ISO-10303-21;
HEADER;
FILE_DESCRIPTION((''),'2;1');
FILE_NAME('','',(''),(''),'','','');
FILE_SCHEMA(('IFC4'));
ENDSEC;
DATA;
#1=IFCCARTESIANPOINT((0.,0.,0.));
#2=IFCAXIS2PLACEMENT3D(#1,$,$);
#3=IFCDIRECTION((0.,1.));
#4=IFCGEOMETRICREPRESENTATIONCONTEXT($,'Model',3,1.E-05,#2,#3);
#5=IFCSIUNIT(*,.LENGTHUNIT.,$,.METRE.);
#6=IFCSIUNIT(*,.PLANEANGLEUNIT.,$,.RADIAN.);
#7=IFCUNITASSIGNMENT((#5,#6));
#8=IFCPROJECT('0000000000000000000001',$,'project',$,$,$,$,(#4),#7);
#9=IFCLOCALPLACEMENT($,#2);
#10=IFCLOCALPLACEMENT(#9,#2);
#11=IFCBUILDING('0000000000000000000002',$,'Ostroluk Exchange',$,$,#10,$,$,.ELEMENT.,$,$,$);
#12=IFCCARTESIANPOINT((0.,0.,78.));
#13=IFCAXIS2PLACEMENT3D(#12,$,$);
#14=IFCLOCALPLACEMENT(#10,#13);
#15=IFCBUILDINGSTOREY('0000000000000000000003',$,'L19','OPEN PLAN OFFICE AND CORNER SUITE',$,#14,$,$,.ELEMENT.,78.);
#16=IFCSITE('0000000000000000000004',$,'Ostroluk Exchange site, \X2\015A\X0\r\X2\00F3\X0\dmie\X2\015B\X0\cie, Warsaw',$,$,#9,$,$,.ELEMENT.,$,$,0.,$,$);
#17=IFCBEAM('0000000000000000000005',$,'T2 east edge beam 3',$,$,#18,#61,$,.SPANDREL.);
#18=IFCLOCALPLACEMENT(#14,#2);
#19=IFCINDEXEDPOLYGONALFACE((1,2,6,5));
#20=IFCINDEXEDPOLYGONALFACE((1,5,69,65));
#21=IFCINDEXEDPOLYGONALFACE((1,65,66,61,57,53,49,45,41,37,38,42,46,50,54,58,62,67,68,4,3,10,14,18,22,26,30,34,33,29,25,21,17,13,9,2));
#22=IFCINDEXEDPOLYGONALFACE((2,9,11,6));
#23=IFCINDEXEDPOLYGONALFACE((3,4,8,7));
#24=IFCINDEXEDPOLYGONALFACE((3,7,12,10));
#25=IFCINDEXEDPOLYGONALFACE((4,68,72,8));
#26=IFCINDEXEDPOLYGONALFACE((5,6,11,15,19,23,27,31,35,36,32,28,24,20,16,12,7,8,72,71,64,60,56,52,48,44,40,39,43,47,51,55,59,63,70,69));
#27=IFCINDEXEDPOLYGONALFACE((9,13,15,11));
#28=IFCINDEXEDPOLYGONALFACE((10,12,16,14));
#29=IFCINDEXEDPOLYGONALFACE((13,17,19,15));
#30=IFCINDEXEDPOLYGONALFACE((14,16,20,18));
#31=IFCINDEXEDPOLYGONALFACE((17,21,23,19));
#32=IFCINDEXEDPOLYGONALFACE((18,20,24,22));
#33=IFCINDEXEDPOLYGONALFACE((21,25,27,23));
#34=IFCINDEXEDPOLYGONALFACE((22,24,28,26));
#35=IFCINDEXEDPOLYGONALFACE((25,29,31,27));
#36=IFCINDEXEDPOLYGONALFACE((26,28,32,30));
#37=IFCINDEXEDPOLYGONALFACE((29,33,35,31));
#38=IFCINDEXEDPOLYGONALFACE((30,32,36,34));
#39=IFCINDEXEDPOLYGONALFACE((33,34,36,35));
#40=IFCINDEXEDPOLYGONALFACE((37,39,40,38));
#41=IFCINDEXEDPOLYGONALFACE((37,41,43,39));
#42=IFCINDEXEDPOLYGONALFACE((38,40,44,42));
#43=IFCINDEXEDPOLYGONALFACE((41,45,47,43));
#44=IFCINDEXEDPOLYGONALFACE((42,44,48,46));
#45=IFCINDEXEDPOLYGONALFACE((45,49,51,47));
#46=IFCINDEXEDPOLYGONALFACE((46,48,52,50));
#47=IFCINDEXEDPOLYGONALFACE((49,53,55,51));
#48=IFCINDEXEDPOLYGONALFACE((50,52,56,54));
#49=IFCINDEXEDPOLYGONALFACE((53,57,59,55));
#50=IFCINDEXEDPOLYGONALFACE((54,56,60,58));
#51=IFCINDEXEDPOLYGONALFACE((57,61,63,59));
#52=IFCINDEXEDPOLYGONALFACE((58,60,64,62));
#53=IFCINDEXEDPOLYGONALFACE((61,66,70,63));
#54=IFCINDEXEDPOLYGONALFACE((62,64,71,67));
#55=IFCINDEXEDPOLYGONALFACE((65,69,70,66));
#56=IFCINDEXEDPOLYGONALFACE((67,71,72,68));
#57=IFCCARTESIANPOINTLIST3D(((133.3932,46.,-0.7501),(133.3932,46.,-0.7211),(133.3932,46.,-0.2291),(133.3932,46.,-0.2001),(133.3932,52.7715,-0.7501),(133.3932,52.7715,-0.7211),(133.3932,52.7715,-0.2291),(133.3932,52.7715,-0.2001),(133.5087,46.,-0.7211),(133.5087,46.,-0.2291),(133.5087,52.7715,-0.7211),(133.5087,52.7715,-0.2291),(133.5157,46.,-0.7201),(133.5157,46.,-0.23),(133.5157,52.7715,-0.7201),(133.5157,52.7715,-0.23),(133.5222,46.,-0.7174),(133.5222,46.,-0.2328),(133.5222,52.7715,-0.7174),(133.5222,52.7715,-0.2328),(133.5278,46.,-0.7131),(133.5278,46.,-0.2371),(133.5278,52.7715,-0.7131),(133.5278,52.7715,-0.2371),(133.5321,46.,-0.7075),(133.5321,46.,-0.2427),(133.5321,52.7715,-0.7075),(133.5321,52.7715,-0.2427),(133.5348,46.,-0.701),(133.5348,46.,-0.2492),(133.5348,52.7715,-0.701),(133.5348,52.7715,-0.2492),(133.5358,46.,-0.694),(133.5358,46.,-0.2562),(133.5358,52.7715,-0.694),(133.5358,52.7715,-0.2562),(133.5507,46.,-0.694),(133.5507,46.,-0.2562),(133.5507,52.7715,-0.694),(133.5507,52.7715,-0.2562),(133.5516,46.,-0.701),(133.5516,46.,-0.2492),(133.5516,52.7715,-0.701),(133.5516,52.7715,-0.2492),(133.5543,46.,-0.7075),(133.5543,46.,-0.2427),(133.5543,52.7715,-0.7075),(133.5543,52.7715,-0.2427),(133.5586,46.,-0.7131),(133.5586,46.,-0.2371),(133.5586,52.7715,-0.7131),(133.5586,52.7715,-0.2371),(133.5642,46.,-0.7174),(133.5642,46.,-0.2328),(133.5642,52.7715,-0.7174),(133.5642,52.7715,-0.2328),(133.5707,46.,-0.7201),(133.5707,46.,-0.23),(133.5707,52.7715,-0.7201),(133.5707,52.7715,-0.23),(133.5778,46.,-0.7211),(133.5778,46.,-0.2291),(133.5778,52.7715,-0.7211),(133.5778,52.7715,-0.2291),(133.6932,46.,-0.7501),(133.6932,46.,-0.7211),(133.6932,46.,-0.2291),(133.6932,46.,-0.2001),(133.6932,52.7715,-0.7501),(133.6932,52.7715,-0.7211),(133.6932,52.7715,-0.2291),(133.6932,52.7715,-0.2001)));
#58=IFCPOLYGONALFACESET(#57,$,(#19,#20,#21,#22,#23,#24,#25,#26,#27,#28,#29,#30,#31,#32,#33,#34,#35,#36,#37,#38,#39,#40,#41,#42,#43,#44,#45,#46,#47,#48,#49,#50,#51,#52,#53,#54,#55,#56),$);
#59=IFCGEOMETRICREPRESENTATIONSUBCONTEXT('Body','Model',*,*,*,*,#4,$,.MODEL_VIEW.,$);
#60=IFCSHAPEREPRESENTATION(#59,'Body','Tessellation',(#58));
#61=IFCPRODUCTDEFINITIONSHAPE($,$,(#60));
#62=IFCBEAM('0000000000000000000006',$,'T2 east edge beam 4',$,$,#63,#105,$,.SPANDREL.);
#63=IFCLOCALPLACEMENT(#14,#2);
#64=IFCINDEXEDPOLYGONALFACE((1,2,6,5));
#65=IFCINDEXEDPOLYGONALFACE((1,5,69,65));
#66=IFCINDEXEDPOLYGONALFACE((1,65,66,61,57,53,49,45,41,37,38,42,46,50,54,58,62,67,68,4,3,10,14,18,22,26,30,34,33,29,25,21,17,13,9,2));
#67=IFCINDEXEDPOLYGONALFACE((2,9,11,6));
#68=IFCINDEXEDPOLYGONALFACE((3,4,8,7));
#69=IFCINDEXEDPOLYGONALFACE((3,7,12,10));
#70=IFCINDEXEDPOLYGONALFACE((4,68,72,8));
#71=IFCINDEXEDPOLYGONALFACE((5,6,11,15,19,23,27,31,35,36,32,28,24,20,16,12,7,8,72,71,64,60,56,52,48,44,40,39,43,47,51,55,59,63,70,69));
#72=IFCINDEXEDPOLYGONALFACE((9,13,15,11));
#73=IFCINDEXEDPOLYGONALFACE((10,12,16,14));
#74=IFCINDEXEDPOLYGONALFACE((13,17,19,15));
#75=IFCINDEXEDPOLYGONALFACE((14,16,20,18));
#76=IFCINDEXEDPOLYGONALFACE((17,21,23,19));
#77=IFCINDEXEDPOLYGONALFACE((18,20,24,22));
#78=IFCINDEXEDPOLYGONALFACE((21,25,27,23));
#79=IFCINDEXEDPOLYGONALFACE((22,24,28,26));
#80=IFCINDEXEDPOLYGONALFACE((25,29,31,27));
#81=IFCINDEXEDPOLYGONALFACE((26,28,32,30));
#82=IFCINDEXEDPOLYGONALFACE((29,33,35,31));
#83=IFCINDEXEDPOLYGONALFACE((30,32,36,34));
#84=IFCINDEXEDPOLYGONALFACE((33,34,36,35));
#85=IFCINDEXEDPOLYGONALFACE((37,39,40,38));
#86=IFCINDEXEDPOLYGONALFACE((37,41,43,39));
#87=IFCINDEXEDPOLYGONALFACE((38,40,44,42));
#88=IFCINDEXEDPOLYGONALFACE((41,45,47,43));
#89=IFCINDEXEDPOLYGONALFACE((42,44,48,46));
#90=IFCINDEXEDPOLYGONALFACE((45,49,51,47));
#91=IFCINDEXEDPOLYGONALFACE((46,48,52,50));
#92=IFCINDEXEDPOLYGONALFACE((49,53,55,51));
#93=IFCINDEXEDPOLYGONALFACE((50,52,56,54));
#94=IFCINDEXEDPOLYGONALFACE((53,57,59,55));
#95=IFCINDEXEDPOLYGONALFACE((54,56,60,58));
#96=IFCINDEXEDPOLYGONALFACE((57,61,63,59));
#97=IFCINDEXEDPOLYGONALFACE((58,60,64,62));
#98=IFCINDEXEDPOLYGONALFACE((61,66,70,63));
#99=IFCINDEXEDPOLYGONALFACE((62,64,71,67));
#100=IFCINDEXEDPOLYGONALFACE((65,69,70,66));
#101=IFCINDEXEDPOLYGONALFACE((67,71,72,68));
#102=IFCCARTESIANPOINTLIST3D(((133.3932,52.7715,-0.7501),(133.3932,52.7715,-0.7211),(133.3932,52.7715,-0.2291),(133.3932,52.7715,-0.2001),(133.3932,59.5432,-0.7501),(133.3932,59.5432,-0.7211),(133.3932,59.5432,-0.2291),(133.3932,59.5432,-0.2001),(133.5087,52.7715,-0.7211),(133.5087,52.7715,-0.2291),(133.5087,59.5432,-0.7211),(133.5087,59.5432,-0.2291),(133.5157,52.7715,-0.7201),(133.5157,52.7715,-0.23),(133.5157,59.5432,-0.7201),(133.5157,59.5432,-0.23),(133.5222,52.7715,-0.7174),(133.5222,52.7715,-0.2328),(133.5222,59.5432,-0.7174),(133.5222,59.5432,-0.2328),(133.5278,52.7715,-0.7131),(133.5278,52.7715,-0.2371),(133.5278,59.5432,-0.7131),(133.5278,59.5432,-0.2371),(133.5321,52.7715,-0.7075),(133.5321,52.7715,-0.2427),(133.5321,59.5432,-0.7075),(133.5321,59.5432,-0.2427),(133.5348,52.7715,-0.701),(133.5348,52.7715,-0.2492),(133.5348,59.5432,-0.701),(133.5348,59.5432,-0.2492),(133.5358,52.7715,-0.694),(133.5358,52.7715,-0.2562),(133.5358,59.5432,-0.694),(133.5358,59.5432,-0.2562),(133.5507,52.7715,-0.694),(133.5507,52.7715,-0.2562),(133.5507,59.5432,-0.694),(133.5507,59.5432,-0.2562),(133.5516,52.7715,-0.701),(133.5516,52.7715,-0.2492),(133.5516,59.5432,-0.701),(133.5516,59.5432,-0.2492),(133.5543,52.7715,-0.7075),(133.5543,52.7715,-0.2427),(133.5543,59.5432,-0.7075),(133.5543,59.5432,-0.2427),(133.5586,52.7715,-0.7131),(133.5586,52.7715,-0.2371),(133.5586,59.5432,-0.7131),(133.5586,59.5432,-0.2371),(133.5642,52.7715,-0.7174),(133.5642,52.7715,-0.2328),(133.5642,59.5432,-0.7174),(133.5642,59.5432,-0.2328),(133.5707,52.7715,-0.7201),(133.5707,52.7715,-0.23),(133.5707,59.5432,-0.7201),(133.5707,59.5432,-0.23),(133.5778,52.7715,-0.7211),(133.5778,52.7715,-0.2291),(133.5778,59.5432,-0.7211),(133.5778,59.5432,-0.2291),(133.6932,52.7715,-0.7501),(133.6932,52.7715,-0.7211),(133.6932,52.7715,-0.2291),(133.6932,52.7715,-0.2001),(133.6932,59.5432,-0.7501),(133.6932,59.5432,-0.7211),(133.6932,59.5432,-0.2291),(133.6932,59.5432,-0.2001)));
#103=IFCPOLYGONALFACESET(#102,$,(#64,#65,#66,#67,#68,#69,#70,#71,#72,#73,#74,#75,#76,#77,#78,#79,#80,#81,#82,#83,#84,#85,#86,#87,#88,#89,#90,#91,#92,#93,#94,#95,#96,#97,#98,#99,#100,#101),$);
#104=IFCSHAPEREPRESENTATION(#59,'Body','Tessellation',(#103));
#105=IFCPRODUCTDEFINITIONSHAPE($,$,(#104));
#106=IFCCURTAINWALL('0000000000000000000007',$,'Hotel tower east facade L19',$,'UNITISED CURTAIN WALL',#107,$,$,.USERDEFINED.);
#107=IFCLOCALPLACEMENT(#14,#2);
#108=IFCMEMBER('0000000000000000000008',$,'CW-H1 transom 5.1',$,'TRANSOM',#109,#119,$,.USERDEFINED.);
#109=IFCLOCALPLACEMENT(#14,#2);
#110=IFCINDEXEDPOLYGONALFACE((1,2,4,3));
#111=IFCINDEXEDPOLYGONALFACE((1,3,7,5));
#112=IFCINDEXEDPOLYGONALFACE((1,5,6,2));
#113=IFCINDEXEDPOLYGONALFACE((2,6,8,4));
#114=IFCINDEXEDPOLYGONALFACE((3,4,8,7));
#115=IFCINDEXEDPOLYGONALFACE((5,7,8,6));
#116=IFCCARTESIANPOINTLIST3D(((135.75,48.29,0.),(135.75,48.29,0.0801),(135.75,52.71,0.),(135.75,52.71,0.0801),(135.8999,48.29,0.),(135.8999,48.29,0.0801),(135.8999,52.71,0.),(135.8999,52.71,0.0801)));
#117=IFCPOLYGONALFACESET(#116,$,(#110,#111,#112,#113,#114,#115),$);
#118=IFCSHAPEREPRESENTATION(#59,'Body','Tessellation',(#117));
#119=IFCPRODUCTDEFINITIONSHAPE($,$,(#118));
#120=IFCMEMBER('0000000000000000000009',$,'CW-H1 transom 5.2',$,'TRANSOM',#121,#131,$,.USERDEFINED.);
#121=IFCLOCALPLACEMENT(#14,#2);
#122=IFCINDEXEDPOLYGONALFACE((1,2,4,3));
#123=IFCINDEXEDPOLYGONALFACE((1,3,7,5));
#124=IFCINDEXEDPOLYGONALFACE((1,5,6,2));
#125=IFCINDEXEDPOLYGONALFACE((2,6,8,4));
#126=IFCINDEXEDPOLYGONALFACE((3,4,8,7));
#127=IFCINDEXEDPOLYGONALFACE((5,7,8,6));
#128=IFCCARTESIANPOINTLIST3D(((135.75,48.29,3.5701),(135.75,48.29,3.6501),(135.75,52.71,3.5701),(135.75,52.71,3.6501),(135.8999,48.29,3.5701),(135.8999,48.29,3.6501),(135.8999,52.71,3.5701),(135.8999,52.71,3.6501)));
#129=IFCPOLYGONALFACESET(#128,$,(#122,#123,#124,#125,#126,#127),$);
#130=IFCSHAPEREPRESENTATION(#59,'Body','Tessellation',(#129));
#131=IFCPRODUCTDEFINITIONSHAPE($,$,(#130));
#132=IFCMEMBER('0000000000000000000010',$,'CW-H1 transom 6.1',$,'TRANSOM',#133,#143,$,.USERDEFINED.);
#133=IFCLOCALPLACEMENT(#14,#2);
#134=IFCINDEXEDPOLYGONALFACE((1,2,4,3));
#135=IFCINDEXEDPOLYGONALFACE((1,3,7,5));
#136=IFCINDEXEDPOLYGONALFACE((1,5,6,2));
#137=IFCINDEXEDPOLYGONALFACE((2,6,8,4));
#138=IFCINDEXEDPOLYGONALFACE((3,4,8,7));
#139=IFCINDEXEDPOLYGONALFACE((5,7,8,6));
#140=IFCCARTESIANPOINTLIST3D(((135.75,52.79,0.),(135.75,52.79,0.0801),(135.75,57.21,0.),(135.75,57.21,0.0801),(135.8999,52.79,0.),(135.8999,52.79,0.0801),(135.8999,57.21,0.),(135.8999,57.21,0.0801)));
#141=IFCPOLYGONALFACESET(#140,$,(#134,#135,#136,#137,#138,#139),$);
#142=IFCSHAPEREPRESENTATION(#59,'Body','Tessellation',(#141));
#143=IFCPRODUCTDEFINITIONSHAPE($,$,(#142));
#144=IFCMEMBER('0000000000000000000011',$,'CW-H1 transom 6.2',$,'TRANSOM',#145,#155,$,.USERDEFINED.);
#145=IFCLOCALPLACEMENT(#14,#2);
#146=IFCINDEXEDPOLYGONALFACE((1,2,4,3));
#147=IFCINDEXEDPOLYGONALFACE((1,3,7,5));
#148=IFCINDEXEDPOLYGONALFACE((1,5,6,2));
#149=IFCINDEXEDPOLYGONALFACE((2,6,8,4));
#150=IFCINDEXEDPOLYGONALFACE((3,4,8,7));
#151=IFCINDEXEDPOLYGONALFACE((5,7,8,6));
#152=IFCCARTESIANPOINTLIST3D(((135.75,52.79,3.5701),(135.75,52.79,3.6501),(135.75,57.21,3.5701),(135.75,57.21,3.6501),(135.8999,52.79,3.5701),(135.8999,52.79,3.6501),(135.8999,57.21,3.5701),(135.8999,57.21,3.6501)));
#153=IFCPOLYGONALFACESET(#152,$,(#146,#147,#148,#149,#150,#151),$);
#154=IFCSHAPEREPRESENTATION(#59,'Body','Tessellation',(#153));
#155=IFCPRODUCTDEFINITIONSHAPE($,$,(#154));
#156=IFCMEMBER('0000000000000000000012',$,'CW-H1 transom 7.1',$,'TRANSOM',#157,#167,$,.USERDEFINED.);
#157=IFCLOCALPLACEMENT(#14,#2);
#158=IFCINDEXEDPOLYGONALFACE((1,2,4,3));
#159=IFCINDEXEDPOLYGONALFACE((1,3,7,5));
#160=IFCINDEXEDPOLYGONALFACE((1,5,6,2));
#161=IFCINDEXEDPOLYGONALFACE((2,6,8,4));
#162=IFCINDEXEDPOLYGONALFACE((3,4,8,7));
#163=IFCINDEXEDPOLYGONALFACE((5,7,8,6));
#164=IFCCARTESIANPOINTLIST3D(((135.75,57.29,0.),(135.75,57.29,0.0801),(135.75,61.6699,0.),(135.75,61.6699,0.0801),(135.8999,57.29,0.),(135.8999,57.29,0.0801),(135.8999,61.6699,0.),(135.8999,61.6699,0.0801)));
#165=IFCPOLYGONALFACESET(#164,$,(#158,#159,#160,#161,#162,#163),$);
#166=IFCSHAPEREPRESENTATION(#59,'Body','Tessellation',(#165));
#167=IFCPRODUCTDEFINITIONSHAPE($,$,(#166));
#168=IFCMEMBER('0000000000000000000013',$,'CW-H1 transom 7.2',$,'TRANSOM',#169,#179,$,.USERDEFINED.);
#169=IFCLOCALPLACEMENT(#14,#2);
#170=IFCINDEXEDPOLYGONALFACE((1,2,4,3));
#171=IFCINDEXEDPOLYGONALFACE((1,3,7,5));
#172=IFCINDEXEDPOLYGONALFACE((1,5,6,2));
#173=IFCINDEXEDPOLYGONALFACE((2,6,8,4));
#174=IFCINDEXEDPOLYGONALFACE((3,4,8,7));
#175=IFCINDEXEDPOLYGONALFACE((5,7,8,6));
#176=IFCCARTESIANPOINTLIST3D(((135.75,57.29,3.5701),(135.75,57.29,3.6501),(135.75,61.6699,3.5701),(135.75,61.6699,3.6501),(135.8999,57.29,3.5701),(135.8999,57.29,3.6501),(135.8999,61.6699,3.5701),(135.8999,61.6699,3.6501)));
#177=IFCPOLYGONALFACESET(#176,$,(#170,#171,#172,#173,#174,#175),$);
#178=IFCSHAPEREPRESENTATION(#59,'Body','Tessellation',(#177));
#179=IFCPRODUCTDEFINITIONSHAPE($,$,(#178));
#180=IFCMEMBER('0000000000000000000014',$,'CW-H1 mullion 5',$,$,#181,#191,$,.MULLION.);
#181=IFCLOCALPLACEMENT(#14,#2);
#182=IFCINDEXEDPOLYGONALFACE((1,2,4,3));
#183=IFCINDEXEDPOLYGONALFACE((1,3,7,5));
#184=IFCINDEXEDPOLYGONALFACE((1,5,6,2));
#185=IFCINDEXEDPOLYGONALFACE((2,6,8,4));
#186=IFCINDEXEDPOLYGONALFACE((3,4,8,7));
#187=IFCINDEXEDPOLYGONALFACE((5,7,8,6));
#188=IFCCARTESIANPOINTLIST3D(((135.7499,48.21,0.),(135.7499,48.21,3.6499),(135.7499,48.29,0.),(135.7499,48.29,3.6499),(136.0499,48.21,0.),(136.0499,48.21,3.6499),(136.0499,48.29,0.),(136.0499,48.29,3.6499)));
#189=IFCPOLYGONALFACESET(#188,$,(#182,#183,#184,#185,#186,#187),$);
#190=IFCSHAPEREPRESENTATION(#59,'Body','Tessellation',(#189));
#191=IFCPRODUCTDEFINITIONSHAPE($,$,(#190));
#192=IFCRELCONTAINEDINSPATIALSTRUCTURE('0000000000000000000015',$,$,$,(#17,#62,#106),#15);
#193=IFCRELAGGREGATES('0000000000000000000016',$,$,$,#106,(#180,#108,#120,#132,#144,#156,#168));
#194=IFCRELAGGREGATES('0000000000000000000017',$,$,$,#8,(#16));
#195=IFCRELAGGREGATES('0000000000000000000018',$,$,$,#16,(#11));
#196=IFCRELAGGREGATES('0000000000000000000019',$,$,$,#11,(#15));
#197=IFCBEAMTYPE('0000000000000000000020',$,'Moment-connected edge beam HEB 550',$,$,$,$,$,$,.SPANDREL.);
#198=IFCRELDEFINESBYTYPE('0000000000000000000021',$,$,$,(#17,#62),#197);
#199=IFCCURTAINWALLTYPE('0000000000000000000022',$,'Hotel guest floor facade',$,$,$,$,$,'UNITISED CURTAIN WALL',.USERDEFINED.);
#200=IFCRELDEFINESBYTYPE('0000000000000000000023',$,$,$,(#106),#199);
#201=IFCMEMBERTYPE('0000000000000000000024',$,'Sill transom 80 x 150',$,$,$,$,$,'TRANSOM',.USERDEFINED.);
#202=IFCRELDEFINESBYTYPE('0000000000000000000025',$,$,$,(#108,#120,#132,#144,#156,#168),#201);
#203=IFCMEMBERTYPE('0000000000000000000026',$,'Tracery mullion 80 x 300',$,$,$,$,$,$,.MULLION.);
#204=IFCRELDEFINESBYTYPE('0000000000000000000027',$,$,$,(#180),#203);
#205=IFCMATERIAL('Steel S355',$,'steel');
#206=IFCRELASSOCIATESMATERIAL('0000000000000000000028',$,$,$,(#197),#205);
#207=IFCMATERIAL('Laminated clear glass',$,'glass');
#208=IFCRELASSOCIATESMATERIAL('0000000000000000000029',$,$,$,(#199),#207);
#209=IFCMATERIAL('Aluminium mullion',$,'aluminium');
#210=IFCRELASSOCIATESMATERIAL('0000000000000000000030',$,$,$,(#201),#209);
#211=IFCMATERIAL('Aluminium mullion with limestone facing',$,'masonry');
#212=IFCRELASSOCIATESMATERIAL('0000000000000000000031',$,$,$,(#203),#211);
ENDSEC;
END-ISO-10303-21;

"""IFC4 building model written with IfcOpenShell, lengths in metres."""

from ifc_helpers import new_model, si_unit, direction, frame, origin, origin_2d, place, context, subcontext, project, spatial, rectangle, i_section, extrude, material, material_profile, profile_set, type_object, element, aggregate, save


model = new_model("IFC4")

# Units and contexts
model_context = context("Model", 3, precision=1e-05, world=origin(), true_north=direction((0.0, 1.0)))
body_context = subcontext(model_context, "Body", "Model", "MODEL_VIEW")
ifc_project = project(units=[si_unit("LENGTHUNIT", "METRE"), si_unit("PLANEANGLEUNIT", "RADIAN")], contexts=[model_context])

# Site, building, storey
site_placement = place(None, origin())
site = spatial("IfcSite", under=ifc_project, at=site_placement, Name="Ostroluk Exchange site, Śródmieście, Warsaw", CompositionType="ELEMENT", RefElevation=0.0)
building_placement = place(site_placement, origin())
building = spatial("IfcBuilding", under=site, at=building_placement, Name="Ostroluk Exchange", CompositionType="ELEMENT")
storey_placement = place(building_placement, frame((0.0, 0.0, 78.0)))
storey = spatial("IfcBuildingStorey", under=building, at=storey_placement, Name="L19", Description="OPEN PLAN OFFICE AND CORNER SUITE", CompositionType="ELEMENT", Elevation=78.0)

# Beams
ifc_material_1 = material(Name="Steel S355", Category="steel")
ifc_material_profile_1 = material_profile(ifc_material_1, i_section(OverallWidth=0.3, OverallDepth=0.55, WebThickness=0.0149, FlangeThickness=0.0291, FilletRadius=0.0271, at=origin_2d()), Name="HEB 550")
ifc_profile_set_1 = profile_set([ifc_material_profile_1], Name="Steel S355")
beam_type_1 = type_object("IfcBeamType", Name="Moment-connected edge beam HEB 550", PredefinedType="SPANDREL", material=ifc_profile_set_1)
beam_1_placement = place(storey_placement, frame((133.5432, 46.0, -0.4751), z_axis=(0.0, 1.0, 0.0), x_axis=(-1.0, 0.0, 0.0)))
element("IfcBeam", 1, at=beam_1_placement, inside=storey, type_object=beam_type_1, Name="T2 east edge beam 3", PredefinedType="SPANDREL", context=body_context, shape_type="SweptSolid", body=[
    extrude(i_section(OverallWidth=0.3, OverallDepth=0.55, WebThickness=0.0149, FlangeThickness=0.0291, FilletRadius=0.0271, at=origin_2d()), origin(), (0.0, 0.0, 1.0), 6.7715),
])
beam_2_placement = place(storey_placement, frame((133.5432, 52.7715, -0.4751), z_axis=(0.0, 1.0, 0.0), x_axis=(-1.0, 0.0, 0.0)))
element("IfcBeam", 2, at=beam_2_placement, inside=storey, type_object=beam_type_1, Name="T2 east edge beam 4", PredefinedType="SPANDREL", context=body_context, shape_type="SweptSolid", body=[
    extrude(i_section(OverallWidth=0.3, OverallDepth=0.55, WebThickness=0.0149, FlangeThickness=0.0291, FilletRadius=0.0271, at=origin_2d()), origin(), (0.0, 0.0, 1.0), 6.7717),
])

# Curtain wall, members
ifc_material_2 = material(Name="Laminated clear glass", Category="glass")
curtain_wall_type = type_object("IfcCurtainWallType", Name="Hotel guest floor facade", ElementType="UNITISED CURTAIN WALL", PredefinedType="USERDEFINED", material=ifc_material_2)
curtain_wall_placement = place(storey_placement, origin())
curtain_wall = element("IfcCurtainWall", 3, at=curtain_wall_placement, inside=storey, type_object=curtain_wall_type, Name="Hotel tower east facade L19", ObjectType="UNITISED CURTAIN WALL", PredefinedType="USERDEFINED")
ifc_material_3 = material(Name="Aluminium mullion", Category="aluminium")
ifc_material_profile_2 = material_profile(ifc_material_3, rectangle(XDim=0.1499, YDim=0.0801, at=origin_2d()), Name="Sill transom 80 x 150")
ifc_profile_set_2 = profile_set([ifc_material_profile_2], Name="Aluminium mullion")
member_type_1 = type_object("IfcMemberType", Name="Sill transom 80 x 150", ElementType="TRANSOM", PredefinedType="USERDEFINED", material=ifc_profile_set_2)
member_1_placement = place(storey_placement, frame((135.825, 48.29, 0.04), z_axis=(0.0, 1.0, 0.0), x_axis=(-1.0, 0.0, 0.0)))
member_1 = element("IfcMember", 4, at=member_1_placement, type_object=member_type_1, Name="CW-H1 transom 5.1", ObjectType="TRANSOM", PredefinedType="USERDEFINED", context=body_context, shape_type="SweptSolid", body=[
    extrude(rectangle(XDim=0.1499, YDim=0.0801, at=origin_2d()), origin(), (0.0, 0.0, 1.0), 4.4199),
])
member_2_placement = place(storey_placement, frame((135.825, 48.29, 3.6101), z_axis=(0.0, 1.0, 0.0), x_axis=(-1.0, 0.0, 0.0)))
member_2 = element("IfcMember", 5, at=member_2_placement, type_object=member_type_1, Name="CW-H1 transom 5.2", ObjectType="TRANSOM", PredefinedType="USERDEFINED", context=body_context, shape_type="SweptSolid", body=[
    extrude(rectangle(XDim=0.1499, YDim=0.0801, at=origin_2d()), origin(), (0.0, 0.0, 1.0), 4.4199),
])
member_3_placement = place(storey_placement, frame((135.825, 52.79, 0.04), z_axis=(0.0, 1.0, 0.0), x_axis=(-1.0, 0.0, 0.0)))
member_3 = element("IfcMember", 6, at=member_3_placement, type_object=member_type_1, Name="CW-H1 transom 6.1", ObjectType="TRANSOM", PredefinedType="USERDEFINED", context=body_context, shape_type="SweptSolid", body=[
    extrude(rectangle(XDim=0.1499, YDim=0.0801, at=origin_2d()), origin(), (0.0, 0.0, 1.0), 4.4199),
])
member_4_placement = place(storey_placement, frame((135.825, 52.79, 3.6101), z_axis=(0.0, 1.0, 0.0), x_axis=(-1.0, 0.0, 0.0)))
member_4 = element("IfcMember", 7, at=member_4_placement, type_object=member_type_1, Name="CW-H1 transom 6.2", ObjectType="TRANSOM", PredefinedType="USERDEFINED", context=body_context, shape_type="SweptSolid", body=[
    extrude(rectangle(XDim=0.1499, YDim=0.0801, at=origin_2d()), origin(), (0.0, 0.0, 1.0), 4.4199),
])
member_5_placement = place(storey_placement, frame((135.825, 57.29, 0.04), z_axis=(0.0, 1.0, 0.0), x_axis=(-1.0, 0.0, 0.0)))
member_5 = element("IfcMember", 8, at=member_5_placement, type_object=member_type_1, Name="CW-H1 transom 7.1", ObjectType="TRANSOM", PredefinedType="USERDEFINED", context=body_context, shape_type="SweptSolid", body=[
    extrude(rectangle(XDim=0.1499, YDim=0.0801, at=origin_2d()), origin(), (0.0, 0.0, 1.0), 4.3799),
])
member_6_placement = place(storey_placement, frame((135.825, 57.29, 3.6101), z_axis=(0.0, 1.0, 0.0), x_axis=(-1.0, 0.0, 0.0)))
member_6 = element("IfcMember", 9, at=member_6_placement, type_object=member_type_1, Name="CW-H1 transom 7.2", ObjectType="TRANSOM", PredefinedType="USERDEFINED", context=body_context, shape_type="SweptSolid", body=[
    extrude(rectangle(XDim=0.1499, YDim=0.0801, at=origin_2d()), origin(), (0.0, 0.0, 1.0), 4.3799),
])
ifc_material_4 = material(Name="Aluminium mullion with limestone facing", Category="masonry")
ifc_material_profile_3 = material_profile(ifc_material_4, rectangle(XDim=0.3, YDim=0.0801, at=origin_2d()), Name="Tracery mullion 80 x 300")
ifc_profile_set_3 = profile_set([ifc_material_profile_3], Name="Aluminium mullion with limestone facing")
member_type_2 = type_object("IfcMemberType", Name="Tracery mullion 80 x 300", PredefinedType="MULLION", material=ifc_profile_set_3)
member_7_placement = place(storey_placement, frame((135.8999, 48.25, 0.0), z_axis=(0.0, 0.0, 1.0), x_axis=(-1.0, 0.0, 0.0)))
member_7 = element("IfcMember", 10, at=member_7_placement, type_object=member_type_2, Name="CW-H1 mullion 5", PredefinedType="MULLION", context=body_context, shape_type="SweptSolid", body=[
    extrude(rectangle(XDim=0.3, YDim=0.0801, at=origin_2d()), origin(), (0.0, 0.0, 1.0), 3.6499),
])
aggregate(curtain_wall, [member_7, member_1, member_2, member_3, member_4, member_5, member_6])

save(model, "model.ifc")
